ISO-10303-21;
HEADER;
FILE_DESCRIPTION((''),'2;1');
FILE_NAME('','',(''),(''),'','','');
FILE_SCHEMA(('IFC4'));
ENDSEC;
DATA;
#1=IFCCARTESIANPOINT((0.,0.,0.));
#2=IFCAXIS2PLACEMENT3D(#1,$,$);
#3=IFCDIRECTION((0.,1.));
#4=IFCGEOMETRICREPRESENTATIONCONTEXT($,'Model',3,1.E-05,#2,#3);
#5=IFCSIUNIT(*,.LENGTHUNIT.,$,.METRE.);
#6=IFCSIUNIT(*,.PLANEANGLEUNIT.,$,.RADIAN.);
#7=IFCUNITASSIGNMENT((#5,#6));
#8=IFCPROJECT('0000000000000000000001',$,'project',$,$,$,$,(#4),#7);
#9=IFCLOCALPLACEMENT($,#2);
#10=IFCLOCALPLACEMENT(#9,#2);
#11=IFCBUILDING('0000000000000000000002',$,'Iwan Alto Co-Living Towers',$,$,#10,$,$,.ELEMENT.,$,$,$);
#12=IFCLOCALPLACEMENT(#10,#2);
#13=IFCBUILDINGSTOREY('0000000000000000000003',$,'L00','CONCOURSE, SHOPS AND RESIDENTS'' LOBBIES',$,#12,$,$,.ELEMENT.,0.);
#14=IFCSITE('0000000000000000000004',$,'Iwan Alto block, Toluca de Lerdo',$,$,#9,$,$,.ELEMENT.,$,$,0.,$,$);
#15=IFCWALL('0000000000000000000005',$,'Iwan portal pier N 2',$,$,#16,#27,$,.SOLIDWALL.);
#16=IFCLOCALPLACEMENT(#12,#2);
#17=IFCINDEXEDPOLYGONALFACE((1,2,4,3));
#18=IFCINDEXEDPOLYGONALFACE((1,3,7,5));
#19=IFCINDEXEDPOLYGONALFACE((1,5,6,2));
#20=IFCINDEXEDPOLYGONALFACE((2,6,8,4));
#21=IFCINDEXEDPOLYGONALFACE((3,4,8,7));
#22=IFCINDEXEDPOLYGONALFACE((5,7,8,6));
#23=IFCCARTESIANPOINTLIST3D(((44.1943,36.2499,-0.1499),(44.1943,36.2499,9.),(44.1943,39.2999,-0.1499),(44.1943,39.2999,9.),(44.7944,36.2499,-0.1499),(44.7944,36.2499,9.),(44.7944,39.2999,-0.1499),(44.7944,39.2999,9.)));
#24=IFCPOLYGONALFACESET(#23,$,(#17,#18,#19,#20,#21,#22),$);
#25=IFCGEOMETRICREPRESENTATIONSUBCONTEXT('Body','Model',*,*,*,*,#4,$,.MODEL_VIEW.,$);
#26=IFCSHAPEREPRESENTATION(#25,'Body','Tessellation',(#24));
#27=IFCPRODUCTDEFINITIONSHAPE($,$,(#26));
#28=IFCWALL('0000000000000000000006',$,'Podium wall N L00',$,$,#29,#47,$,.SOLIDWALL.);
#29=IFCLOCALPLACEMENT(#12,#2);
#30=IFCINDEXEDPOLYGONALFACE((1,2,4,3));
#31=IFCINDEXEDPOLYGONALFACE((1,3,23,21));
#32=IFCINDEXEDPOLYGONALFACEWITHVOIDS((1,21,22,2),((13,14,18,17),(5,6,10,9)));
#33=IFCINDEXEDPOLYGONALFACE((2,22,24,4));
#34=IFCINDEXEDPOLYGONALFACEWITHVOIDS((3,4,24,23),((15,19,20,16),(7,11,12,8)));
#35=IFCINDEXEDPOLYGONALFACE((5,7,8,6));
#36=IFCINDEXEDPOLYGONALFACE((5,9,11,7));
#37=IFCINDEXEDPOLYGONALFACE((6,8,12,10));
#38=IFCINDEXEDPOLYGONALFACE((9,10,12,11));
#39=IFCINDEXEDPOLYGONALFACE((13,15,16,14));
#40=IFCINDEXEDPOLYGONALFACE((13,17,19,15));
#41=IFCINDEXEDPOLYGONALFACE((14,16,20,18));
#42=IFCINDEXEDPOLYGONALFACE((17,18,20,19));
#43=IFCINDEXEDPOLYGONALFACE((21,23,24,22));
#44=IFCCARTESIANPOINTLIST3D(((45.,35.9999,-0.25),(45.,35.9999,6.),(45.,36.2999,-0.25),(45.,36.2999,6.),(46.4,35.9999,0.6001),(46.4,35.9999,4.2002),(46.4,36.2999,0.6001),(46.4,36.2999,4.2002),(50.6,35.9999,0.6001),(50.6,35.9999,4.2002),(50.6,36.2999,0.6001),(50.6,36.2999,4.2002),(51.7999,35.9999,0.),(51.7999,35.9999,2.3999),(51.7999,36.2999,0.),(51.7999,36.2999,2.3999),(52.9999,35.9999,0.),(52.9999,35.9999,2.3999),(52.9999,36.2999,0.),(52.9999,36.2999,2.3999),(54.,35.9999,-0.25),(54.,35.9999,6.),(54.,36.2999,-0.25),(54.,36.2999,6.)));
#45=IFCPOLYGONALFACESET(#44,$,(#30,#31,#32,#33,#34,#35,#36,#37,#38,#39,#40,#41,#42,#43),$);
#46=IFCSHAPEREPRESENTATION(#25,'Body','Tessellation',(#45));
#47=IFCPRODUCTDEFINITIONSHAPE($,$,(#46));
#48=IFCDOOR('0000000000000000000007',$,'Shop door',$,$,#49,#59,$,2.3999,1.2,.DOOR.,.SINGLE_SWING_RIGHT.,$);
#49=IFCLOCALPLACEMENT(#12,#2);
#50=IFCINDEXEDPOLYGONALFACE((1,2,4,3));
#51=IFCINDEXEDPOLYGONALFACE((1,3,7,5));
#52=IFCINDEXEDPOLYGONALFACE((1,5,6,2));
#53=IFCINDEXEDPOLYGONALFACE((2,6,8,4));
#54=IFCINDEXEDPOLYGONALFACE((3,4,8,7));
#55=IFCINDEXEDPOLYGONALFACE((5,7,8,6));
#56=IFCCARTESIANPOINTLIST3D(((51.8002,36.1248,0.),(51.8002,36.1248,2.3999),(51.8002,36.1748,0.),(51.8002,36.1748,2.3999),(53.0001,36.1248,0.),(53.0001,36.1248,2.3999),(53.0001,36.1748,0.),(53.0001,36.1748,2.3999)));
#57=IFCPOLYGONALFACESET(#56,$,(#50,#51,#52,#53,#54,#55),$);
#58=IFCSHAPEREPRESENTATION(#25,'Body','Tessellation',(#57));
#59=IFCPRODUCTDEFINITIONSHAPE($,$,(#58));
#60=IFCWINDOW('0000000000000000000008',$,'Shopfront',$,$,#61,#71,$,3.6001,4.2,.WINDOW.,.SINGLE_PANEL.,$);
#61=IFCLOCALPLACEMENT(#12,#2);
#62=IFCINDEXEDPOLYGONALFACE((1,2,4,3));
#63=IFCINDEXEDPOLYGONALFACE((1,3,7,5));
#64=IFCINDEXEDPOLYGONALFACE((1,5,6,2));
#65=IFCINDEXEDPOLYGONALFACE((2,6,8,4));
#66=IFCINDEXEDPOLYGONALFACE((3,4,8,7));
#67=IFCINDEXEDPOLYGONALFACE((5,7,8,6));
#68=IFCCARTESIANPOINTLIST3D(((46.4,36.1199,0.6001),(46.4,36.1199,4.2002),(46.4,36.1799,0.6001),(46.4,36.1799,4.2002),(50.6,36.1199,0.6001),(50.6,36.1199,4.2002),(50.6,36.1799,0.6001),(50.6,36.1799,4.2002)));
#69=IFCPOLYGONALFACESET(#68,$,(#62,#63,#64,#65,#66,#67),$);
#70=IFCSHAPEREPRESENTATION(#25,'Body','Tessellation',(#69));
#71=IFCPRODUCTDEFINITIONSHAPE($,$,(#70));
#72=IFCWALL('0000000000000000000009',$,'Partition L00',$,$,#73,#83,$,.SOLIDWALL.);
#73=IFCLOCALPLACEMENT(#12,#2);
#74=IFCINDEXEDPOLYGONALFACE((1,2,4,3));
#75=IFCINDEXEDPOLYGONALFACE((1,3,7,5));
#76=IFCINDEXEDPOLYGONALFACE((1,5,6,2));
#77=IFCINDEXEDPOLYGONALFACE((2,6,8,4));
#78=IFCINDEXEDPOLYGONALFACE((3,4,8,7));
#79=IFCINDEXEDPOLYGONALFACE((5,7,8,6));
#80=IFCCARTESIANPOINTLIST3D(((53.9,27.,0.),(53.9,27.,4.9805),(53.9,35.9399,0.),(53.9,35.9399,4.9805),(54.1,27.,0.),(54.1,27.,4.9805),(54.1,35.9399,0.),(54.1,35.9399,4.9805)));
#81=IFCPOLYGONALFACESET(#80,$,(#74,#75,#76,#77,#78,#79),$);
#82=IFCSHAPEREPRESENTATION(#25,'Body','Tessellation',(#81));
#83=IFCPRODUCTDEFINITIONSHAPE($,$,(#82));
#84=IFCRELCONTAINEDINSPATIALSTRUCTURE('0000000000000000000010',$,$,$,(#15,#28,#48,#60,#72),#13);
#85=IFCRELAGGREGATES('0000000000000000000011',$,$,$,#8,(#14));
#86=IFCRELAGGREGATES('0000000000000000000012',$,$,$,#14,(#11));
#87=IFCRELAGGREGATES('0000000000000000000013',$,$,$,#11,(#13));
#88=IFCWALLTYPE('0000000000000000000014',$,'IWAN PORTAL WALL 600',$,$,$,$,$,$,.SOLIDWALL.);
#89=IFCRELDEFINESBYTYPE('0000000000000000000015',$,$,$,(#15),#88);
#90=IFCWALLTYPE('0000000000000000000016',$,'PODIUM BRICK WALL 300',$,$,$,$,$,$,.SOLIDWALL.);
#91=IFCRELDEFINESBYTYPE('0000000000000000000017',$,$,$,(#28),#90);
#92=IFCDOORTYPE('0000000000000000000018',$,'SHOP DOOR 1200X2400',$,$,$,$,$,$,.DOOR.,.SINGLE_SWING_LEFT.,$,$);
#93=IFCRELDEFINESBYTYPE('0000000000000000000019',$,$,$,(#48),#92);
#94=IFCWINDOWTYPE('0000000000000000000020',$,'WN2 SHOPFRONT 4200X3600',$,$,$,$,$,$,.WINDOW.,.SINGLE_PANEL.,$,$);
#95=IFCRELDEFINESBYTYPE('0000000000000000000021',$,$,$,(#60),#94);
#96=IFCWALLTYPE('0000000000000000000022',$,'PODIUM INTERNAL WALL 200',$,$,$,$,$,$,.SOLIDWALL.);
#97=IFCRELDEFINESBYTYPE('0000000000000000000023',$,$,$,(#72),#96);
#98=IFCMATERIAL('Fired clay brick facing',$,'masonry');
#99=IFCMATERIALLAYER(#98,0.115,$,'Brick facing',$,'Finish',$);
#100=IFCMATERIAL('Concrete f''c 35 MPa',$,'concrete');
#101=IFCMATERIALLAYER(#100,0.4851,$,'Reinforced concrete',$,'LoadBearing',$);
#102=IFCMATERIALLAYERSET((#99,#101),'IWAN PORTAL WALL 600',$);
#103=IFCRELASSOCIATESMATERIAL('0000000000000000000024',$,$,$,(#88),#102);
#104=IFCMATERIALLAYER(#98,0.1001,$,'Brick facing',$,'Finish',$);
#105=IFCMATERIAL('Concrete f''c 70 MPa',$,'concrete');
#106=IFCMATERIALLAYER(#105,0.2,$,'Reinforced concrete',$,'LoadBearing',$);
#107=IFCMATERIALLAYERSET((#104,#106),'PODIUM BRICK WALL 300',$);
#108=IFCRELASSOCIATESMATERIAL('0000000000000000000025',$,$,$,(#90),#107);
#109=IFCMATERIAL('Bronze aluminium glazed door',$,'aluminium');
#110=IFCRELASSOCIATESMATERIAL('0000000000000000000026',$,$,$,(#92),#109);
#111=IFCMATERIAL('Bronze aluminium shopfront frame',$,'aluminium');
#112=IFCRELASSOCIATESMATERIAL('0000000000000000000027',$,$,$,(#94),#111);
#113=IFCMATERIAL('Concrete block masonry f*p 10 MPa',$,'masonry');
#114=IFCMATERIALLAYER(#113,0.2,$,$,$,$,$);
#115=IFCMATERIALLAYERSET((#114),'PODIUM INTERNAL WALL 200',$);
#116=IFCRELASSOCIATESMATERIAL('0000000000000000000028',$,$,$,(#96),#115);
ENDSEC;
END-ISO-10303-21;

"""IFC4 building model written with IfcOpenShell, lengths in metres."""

from ifc_helpers import new_model, si_unit, direction, frame, frame_2d, origin, place, context, subcontext, project, spatial, rectangle, extrude, material, layer, layer_set, type_object, element, fill, save


model = new_model("IFC4")

# Units and contexts
model_context = context("Model", 3, precision=1e-05, world=origin(), true_north=direction((0.0, 1.0)))
body_context = subcontext(model_context, "Body", "Model", "MODEL_VIEW")
ifc_project = project(units=[si_unit("LENGTHUNIT", "METRE"), si_unit("PLANEANGLEUNIT", "RADIAN")], contexts=[model_context])

# Site, building, storey
site_placement = place(None, origin())
site = spatial("IfcSite", under=ifc_project, at=site_placement, Name="Iwan Alto block, Toluca de Lerdo", CompositionType="ELEMENT", RefElevation=0.0)
building_placement = place(site_placement, origin())
building = spatial("IfcBuilding", under=site, at=building_placement, Name="Iwan Alto Co-Living Towers", CompositionType="ELEMENT")
storey_placement = place(building_placement, origin())
storey = spatial("IfcBuildingStorey", under=building, at=storey_placement, Name="L00", Description="CONCOURSE, SHOPS AND RESIDENTS' LOBBIES", CompositionType="ELEMENT", Elevation=0.0)

# Wall
ifc_material_1 = material(Name="Fired clay brick facing", Category="masonry")
ifc_layer_1 = layer(ifc_material_1, 0.115, Name="Brick facing", Category="Finish")
ifc_material_2 = material(Name="Concrete f'c 35 MPa", Category="concrete")
ifc_layer_2 = layer(ifc_material_2, 0.4851, Name="Reinforced concrete", Category="LoadBearing")
ifc_layer_set_1 = layer_set([ifc_layer_1, ifc_layer_2], Name="IWAN PORTAL WALL 600")
wall_type_1 = type_object("IfcWallType", Name="IWAN PORTAL WALL 600", PredefinedType="SOLIDWALL", material=ifc_layer_set_1)
wall_1_placement = place(storey_placement, frame((44.4944, 36.25, -0.1499), z_axis=(0.0, 0.0, 1.0), x_axis=(0.0, 1.0, 0.0)))
element("IfcWall", 1, at=wall_1_placement, inside=storey, type_object=wall_type_1, Name="Iwan portal pier N 2", PredefinedType="SOLIDWALL", context=body_context, shape_type="SweptSolid", body=[
    extrude(rectangle(XDim=3.05, YDim=0.6001, at=frame_2d((1.5249, 0.0))), origin(), (0.0, 0.0, 1.0), 9.1499),
])

# Wall, openings, door, window
ifc_layer_3 = layer(ifc_material_1, 0.1001, Name="Brick facing", Category="Finish")
ifc_material_3 = material(Name="Concrete f'c 70 MPa", Category="concrete")
ifc_layer_4 = layer(ifc_material_3, 0.2, Name="Reinforced concrete", Category="LoadBearing")
ifc_layer_set_2 = layer_set([ifc_layer_3, ifc_layer_4], Name="PODIUM BRICK WALL 300")
wall_type_2 = type_object("IfcWallType", Name="PODIUM BRICK WALL 300", PredefinedType="SOLIDWALL", material=ifc_layer_set_2)
wall_2_placement = place(storey_placement, frame((54.0, 36.1499, -0.25), z_axis=(0.0, 0.0, 1.0), x_axis=(-1.0, 0.0, 0.0)))
wall_2 = element("IfcWall", 2, at=wall_2_placement, inside=storey, type_object=wall_type_2, Name="Podium wall N L00", PredefinedType="SOLIDWALL", context=body_context, shape_type="SweptSolid", body=[
    extrude(rectangle(XDim=9.0, YDim=0.3, at=frame_2d((4.5, 0.0))), origin(), (0.0, 0.0, 1.0), 6.25),
])
opening_1_placement = place(wall_2_placement, frame((1.0, 0.0, 0.25)))
opening_1 = element("IfcOpeningElement", 3, at=opening_1_placement, cuts=wall_2, PredefinedType="OPENING", context=body_context, shape_type="SweptSolid", body=[
    extrude(rectangle(XDim=1.2, YDim=2.3999, at=frame_2d((0.6001, 1.2))), frame((0.0, 0.1599, 0.0), z_axis=(0.0, -1.0, 0.0), x_axis=(1.0, 0.0, 0.0)), (0.0, 0.0, 1.0), 0.3201),
])
opening_2_placement = place(wall_2_placement, frame((3.3999, 0.0, 0.8501)))
opening_2 = element("IfcOpeningElement", 4, at=opening_2_placement, cuts=wall_2, PredefinedType="OPENING", context=body_context, shape_type="SweptSolid", body=[
    extrude(rectangle(XDim=4.2, YDim=3.6001, at=frame_2d((2.1001, 1.8))), frame((0.0, 0.1599, 0.0), z_axis=(0.0, -1.0, 0.0), x_axis=(1.0, 0.0, 0.0)), (0.0, 0.0, 1.0), 0.3201),
])
ifc_material_4 = material(Name="Bronze aluminium glazed door", Category="aluminium")
door_type_1 = type_object("IfcDoorType", Name="SHOP DOOR 1200X2400", OperationType="SINGLE_SWING_LEFT", PredefinedType="DOOR", material=ifc_material_4)
door_1_placement = place(opening_1_placement, frame((1.2, 0.0, 0.0), z_axis=(0.0, 0.0, 1.0), x_axis=(-1.0, 0.0, 0.0)))
door_1 = element("IfcDoor", 5, at=door_1_placement, inside=storey, type_object=door_type_1, Name="Shop door", OperationType="SINGLE_SWING_RIGHT", OverallHeight=2.3999, OverallWidth=1.2, PredefinedType="DOOR", context=body_context, shape_type="SweptSolid", body=[
    extrude(rectangle(XDim=1.2, YDim=2.3999, at=frame_2d((0.6001, 1.2))), frame((0.0, 0.0249, 0.0), z_axis=(0.0, -1.0, 0.0), x_axis=(1.0, 0.0, 0.0)), (0.0, 0.0, 1.0), 0.05),
])
fill(opening_1, door_1)
ifc_material_5 = material(Name="Bronze aluminium shopfront frame", Category="aluminium")
window_type = type_object("IfcWindowType", Name="WN2 SHOPFRONT 4200X3600", PartitioningType="SINGLE_PANEL", PredefinedType="WINDOW", material=ifc_material_5)
window_placement = place(opening_2_placement, origin())
window = element("IfcWindow", 6, at=window_placement, inside=storey, type_object=window_type, Name="Shopfront", OverallHeight=3.6001, OverallWidth=4.2, PartitioningType="SINGLE_PANEL", PredefinedType="WINDOW", context=body_context, shape_type="SweptSolid", body=[
    extrude(rectangle(XDim=4.2, YDim=3.6001, at=frame_2d((2.1001, 1.8))), frame((0.0, 0.03, 0.0), z_axis=(0.0, -1.0, 0.0), x_axis=(1.0, 0.0, 0.0)), (0.0, 0.0, 1.0), 0.0601),
])
fill(opening_2, window)

# Wall
ifc_material_6 = material(Name="Concrete block masonry f*p 10 MPa", Category="masonry")
ifc_layer_5 = layer(ifc_material_6, 0.2)
ifc_layer_set_3 = layer_set([ifc_layer_5], Name="PODIUM INTERNAL WALL 200")
wall_type_3 = type_object("IfcWallType", Name="PODIUM INTERNAL WALL 200", PredefinedType="SOLIDWALL", material=ifc_layer_set_3)
wall_3_placement = place(storey_placement, frame((54.0, 27.0, 0.0), z_axis=(0.0, 0.0, 1.0), x_axis=(0.0, 1.0, 0.0)))
element("IfcWall", 7, at=wall_3_placement, inside=storey, type_object=wall_type_3, Name="Partition L00", PredefinedType="SOLIDWALL", context=body_context, shape_type="SweptSolid", body=[
    extrude(rectangle(XDim=8.9399, YDim=0.2, at=frame_2d((4.47, 0.0))), origin(), (0.0, 0.0, 1.0), 4.9805),
])

save(model, "model.ifc")
